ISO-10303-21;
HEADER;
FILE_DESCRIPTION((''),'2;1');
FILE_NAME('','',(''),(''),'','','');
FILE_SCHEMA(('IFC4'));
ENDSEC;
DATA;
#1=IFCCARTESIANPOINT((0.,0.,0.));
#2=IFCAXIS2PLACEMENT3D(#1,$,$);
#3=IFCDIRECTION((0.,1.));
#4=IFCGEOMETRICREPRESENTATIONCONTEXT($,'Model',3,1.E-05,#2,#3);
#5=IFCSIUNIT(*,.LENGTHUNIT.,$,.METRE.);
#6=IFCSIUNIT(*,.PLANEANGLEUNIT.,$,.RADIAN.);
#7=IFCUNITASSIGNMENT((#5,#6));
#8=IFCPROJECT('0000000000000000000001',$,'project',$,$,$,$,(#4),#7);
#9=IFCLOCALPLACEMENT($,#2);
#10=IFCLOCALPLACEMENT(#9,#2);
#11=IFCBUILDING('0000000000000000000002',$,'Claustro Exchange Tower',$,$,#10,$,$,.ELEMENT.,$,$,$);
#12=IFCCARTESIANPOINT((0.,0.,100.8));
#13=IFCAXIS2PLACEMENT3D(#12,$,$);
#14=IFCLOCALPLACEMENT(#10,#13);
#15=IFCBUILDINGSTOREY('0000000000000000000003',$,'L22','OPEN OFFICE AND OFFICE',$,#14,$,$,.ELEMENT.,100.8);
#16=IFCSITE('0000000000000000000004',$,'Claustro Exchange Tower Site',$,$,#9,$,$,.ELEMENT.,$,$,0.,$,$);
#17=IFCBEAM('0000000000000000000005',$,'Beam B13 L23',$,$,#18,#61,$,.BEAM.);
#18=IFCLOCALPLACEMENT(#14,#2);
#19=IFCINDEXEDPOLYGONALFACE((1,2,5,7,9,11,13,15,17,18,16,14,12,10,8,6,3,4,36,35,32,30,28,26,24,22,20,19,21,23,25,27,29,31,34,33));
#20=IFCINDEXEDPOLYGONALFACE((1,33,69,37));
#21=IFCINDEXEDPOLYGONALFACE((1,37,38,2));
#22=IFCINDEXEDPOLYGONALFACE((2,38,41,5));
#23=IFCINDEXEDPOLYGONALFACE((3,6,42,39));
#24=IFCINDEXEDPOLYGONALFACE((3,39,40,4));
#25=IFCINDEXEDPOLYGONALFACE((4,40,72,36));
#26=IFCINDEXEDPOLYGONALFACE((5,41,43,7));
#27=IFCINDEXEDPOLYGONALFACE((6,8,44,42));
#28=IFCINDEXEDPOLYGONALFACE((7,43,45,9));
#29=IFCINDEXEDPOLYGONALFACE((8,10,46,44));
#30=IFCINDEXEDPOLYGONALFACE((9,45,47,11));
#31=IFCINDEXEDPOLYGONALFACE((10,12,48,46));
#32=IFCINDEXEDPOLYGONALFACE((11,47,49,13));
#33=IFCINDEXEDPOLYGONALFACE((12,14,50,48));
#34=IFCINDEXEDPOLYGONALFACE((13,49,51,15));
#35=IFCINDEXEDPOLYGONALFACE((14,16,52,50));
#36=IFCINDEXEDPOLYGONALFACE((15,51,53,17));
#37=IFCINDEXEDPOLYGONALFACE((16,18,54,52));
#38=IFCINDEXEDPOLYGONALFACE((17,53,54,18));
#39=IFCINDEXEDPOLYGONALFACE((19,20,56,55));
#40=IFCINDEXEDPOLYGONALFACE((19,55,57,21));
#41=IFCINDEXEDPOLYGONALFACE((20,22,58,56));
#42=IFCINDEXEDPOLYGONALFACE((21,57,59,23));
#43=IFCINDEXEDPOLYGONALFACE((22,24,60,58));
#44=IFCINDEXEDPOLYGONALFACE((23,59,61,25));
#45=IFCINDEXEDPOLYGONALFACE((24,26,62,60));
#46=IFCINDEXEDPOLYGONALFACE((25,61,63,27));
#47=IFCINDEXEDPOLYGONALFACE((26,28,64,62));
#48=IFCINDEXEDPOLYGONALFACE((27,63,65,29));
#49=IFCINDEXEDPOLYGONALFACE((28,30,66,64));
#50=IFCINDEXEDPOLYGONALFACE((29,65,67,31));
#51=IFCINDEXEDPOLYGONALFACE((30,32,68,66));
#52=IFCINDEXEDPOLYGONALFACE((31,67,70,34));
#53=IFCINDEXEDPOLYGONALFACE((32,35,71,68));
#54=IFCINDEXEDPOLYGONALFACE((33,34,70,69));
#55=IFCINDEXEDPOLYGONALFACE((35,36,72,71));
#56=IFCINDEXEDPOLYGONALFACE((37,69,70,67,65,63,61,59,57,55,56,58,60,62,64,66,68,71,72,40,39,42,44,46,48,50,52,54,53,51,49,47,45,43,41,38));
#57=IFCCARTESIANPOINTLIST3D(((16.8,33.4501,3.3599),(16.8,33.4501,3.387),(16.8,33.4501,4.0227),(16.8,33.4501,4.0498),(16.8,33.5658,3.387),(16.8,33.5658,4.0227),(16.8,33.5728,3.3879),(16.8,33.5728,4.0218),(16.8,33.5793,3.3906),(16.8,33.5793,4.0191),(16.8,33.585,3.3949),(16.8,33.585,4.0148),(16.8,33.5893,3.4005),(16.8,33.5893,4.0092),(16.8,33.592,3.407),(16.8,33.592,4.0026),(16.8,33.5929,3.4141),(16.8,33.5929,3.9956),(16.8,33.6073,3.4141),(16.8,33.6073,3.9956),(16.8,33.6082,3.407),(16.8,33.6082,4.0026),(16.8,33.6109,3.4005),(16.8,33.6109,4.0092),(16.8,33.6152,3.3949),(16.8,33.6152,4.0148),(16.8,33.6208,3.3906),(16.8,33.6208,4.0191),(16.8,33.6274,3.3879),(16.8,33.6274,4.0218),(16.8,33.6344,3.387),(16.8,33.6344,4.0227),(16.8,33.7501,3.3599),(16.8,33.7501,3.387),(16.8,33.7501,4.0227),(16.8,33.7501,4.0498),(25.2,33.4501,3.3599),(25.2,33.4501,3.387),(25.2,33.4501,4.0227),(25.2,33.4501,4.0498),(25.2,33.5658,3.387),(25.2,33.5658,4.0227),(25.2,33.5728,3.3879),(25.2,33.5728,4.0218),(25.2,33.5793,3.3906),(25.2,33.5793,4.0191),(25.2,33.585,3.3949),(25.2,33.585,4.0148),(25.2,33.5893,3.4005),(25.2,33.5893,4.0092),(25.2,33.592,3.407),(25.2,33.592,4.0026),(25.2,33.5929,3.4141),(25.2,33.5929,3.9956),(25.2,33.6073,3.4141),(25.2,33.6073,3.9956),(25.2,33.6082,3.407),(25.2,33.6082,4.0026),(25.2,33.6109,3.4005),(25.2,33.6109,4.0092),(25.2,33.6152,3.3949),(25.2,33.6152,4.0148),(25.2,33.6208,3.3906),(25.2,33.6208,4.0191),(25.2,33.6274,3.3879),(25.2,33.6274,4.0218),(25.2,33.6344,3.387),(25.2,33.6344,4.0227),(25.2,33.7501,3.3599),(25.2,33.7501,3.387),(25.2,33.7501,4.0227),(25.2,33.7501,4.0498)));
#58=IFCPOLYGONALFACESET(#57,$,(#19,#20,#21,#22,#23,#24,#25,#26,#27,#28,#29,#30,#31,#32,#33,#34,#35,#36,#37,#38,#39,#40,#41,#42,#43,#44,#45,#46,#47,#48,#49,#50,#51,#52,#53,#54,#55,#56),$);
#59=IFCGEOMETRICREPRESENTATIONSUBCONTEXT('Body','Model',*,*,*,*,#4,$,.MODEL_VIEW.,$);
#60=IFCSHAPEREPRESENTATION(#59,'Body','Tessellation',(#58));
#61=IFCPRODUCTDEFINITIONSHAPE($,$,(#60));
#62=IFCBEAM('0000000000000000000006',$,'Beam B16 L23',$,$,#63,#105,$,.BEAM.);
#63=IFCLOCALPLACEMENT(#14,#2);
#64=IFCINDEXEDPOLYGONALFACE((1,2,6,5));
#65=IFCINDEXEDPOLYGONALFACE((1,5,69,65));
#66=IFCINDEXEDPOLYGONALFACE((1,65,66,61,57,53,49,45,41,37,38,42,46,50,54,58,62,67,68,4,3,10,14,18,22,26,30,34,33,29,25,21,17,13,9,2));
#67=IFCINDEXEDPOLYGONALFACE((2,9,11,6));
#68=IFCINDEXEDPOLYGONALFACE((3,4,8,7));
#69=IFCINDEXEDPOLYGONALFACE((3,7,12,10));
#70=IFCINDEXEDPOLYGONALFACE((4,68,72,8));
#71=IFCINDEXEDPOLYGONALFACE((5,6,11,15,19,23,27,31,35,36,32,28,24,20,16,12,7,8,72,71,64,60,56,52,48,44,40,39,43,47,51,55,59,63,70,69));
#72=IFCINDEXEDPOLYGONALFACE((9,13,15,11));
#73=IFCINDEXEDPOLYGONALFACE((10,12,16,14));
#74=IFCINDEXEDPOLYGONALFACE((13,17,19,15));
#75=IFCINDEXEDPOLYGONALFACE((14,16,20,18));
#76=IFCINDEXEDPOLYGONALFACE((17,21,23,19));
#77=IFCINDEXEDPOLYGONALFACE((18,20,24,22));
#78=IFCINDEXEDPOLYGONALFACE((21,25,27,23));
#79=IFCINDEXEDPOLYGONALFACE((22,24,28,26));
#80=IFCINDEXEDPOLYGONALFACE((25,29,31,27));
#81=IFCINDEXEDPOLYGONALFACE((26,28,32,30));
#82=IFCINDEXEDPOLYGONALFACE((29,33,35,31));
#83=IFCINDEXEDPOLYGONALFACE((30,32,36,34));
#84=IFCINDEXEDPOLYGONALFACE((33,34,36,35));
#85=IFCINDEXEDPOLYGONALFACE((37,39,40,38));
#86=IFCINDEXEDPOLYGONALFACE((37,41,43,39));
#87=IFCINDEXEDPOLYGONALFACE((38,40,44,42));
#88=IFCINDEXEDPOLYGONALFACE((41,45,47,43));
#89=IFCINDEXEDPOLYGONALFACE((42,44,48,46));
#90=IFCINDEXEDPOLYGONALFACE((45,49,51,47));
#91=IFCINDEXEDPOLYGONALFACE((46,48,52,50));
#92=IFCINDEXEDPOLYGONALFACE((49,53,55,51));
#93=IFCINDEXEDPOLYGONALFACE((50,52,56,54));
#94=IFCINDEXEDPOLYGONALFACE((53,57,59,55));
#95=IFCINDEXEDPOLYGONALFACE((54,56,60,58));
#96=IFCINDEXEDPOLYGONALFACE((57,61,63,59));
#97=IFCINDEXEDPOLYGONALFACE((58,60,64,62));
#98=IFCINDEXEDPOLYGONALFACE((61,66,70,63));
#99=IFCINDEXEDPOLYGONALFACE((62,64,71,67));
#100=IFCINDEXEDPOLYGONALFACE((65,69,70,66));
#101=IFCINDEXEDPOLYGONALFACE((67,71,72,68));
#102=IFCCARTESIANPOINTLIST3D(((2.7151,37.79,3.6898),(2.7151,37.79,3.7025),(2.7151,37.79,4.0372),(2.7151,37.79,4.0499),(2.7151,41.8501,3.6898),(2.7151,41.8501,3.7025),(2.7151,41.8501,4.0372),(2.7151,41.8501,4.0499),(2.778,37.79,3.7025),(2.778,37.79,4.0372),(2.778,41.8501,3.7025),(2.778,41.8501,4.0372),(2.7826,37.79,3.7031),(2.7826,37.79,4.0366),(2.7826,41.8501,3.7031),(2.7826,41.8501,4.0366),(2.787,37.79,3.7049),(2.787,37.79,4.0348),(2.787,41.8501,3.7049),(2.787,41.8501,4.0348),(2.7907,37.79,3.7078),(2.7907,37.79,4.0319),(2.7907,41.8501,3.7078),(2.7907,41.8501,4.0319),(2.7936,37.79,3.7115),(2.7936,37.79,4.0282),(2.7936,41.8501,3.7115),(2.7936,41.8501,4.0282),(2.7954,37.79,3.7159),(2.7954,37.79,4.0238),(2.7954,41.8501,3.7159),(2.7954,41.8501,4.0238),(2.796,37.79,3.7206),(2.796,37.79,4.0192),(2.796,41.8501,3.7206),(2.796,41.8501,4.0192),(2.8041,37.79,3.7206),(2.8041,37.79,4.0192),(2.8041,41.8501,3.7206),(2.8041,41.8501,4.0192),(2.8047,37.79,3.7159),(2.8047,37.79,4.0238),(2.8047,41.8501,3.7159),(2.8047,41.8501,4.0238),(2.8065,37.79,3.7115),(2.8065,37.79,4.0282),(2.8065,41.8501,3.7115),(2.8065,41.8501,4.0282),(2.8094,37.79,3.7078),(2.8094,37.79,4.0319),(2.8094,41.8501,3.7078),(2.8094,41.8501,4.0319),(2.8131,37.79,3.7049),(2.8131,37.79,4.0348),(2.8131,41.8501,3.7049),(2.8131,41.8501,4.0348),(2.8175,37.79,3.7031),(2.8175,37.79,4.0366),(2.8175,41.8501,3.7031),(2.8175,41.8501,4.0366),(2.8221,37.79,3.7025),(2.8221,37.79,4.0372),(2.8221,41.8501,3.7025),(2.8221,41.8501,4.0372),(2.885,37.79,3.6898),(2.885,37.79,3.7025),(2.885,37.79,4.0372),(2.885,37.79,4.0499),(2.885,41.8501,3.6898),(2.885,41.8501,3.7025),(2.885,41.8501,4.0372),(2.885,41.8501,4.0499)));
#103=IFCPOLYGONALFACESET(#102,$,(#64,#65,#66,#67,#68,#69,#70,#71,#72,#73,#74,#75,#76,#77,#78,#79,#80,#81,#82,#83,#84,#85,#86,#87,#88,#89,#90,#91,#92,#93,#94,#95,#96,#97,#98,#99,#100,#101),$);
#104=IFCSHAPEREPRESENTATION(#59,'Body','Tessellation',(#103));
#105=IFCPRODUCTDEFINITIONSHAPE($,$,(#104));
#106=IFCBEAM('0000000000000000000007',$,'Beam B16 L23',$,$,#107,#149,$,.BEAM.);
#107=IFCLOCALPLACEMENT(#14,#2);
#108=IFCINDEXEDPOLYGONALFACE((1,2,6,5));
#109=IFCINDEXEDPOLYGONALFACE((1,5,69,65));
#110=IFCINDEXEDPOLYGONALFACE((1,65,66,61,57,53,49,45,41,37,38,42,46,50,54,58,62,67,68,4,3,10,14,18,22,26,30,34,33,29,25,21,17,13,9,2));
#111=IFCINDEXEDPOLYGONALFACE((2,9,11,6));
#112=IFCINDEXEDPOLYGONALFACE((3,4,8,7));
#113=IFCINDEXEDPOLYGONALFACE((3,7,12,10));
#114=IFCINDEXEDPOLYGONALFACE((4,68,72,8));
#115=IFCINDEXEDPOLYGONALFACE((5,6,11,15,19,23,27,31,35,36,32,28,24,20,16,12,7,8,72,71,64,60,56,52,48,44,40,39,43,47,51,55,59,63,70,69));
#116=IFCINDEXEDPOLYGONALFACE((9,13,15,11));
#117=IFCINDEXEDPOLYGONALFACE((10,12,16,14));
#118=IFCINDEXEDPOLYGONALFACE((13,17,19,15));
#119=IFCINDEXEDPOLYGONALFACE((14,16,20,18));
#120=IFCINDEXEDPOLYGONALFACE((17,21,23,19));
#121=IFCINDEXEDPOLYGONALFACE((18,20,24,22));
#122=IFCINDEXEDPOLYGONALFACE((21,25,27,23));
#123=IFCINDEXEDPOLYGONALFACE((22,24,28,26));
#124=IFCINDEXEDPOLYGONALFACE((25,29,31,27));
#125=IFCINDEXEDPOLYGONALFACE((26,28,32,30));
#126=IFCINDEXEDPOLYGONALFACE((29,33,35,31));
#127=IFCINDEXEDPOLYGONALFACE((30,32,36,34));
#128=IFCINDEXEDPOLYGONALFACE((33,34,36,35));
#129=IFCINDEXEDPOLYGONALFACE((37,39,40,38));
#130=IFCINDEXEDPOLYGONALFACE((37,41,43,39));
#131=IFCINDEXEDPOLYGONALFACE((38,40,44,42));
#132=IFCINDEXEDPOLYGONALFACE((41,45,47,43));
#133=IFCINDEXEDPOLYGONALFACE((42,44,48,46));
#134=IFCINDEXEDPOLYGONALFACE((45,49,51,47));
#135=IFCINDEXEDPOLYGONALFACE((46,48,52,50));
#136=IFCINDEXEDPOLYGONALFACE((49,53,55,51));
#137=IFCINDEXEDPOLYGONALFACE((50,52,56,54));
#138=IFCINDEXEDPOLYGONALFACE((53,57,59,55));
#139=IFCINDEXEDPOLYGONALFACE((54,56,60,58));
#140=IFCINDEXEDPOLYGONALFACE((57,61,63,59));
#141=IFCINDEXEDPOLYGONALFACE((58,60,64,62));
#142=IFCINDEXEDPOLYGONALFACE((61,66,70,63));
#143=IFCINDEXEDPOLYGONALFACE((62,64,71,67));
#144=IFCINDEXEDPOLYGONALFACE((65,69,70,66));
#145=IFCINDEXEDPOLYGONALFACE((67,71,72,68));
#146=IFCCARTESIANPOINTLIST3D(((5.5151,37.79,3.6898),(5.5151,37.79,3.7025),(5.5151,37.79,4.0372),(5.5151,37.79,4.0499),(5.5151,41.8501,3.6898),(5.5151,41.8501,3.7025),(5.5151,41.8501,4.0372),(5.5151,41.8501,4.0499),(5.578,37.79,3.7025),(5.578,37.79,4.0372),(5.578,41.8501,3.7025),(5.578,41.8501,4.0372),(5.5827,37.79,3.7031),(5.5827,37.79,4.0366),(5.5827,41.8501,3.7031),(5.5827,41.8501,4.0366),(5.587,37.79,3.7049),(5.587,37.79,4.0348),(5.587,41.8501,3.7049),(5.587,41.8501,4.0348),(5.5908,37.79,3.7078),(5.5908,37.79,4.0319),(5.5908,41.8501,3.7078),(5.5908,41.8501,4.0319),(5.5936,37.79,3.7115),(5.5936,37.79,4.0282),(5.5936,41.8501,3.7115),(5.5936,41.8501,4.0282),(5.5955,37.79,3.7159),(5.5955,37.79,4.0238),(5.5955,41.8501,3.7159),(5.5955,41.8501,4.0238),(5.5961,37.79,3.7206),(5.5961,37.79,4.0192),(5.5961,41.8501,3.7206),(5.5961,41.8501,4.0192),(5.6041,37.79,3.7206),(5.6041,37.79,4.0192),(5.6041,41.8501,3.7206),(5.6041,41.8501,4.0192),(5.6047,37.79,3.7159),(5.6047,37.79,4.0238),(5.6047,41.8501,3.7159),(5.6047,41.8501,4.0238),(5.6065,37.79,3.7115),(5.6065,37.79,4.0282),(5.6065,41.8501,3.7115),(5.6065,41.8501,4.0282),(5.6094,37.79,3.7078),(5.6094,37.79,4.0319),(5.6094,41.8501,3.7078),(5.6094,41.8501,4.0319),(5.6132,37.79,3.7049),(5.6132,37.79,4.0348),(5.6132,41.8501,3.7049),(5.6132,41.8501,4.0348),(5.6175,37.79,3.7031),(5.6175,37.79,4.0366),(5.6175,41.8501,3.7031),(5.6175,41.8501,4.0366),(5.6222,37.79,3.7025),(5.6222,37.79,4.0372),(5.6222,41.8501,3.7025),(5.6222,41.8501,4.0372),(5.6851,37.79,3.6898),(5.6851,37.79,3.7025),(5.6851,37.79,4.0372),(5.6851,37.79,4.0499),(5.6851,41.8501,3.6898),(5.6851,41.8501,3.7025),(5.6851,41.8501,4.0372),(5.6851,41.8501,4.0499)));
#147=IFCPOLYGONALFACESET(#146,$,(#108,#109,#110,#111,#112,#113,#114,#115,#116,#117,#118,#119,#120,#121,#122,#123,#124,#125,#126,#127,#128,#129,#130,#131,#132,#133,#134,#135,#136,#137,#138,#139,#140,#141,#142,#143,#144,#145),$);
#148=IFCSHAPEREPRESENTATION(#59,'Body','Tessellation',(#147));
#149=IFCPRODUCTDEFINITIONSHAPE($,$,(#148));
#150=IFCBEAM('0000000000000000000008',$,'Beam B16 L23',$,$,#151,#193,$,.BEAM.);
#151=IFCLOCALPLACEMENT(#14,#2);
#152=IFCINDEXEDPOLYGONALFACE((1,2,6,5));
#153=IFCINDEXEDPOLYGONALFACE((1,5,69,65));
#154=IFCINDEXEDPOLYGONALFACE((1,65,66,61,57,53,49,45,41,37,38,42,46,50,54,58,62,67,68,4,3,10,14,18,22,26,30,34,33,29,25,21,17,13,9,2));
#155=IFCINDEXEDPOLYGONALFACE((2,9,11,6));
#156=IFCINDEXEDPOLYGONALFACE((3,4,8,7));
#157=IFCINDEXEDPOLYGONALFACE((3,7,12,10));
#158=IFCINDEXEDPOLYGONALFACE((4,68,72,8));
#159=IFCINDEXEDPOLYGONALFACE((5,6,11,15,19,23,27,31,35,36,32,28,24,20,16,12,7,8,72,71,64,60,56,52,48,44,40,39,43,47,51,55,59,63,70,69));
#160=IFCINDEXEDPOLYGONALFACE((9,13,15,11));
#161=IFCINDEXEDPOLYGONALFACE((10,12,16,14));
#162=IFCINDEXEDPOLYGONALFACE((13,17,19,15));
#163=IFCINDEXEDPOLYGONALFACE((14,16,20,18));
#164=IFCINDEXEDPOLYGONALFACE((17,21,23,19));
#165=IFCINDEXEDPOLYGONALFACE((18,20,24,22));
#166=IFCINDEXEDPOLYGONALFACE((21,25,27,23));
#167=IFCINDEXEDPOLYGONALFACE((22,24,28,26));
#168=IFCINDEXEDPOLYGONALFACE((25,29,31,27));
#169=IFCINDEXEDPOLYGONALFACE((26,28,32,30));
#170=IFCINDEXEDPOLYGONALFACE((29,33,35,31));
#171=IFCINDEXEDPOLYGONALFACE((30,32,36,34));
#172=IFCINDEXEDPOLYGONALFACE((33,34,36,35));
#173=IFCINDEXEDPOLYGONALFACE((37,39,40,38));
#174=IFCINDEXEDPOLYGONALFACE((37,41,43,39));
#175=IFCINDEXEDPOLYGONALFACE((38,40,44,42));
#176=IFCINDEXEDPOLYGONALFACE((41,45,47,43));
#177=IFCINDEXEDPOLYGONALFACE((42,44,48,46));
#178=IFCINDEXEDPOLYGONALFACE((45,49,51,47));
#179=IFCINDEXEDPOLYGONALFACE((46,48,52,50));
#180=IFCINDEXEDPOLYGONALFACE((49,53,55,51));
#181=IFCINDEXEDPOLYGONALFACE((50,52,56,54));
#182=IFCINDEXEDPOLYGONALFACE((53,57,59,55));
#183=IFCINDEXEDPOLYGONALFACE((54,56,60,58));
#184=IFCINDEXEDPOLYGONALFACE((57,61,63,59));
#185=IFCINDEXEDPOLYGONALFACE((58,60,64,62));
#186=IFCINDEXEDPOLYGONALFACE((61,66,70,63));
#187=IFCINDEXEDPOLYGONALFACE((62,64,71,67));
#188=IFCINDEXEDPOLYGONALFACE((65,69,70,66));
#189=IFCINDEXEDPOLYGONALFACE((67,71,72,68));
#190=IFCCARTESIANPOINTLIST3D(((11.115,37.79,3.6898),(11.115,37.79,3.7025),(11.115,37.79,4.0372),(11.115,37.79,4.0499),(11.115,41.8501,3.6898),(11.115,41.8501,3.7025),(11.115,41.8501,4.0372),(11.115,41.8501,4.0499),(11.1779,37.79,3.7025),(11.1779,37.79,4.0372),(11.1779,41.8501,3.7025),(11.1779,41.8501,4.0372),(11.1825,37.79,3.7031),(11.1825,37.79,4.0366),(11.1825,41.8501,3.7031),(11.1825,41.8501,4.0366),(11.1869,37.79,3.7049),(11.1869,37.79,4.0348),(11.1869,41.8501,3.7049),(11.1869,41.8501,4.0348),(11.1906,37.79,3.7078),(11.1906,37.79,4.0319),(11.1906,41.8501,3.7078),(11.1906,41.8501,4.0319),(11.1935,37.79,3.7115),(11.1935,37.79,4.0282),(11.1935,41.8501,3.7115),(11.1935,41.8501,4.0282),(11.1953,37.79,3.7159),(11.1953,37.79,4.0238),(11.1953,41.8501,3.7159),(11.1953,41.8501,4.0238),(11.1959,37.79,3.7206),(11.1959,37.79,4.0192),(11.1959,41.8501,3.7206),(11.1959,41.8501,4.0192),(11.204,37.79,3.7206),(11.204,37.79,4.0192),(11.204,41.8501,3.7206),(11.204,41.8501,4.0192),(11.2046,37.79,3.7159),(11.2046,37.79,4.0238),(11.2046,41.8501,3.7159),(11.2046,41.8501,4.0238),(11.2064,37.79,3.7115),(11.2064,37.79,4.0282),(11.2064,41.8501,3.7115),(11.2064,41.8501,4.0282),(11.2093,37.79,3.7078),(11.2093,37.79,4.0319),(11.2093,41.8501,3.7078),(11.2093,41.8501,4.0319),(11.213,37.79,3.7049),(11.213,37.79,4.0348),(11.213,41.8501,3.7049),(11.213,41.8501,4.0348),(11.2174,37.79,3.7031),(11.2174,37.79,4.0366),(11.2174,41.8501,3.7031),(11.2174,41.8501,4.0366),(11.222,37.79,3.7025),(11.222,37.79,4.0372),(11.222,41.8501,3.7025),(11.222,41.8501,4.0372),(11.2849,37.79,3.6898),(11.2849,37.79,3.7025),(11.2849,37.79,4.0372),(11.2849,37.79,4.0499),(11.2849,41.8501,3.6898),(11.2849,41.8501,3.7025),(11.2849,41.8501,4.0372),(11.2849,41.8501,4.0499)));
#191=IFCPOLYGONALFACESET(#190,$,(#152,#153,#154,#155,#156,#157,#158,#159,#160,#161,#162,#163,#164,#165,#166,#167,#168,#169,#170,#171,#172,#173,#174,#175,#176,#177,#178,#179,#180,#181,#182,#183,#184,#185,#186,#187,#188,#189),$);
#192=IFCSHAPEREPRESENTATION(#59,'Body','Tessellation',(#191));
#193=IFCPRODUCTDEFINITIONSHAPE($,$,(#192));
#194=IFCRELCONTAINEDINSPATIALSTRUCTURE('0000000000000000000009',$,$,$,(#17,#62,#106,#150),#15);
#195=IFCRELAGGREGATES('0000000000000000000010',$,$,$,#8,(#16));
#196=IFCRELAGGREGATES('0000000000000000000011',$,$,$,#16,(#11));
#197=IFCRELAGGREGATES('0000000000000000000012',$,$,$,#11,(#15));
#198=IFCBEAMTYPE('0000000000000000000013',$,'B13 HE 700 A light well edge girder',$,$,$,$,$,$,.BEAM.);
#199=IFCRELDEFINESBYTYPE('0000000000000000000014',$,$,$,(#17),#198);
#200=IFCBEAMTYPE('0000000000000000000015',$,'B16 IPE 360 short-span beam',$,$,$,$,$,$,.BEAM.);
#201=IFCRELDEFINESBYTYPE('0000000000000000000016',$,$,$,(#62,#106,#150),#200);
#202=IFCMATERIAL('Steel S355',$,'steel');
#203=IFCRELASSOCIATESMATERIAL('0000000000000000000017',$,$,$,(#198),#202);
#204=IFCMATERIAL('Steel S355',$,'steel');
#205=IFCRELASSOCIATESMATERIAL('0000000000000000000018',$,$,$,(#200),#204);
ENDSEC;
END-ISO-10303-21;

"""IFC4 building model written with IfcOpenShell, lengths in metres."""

from ifc_helpers import new_model, si_unit, direction, frame, origin, origin_2d, place, context, subcontext, project, spatial, i_section, extrude, material, material_profile, profile_set, type_object, element, save


model = new_model("IFC4")

# Units and contexts
model_context = context("Model", 3, precision=1e-05, world=origin(), true_north=direction((0.0, 1.0)))
body_context = subcontext(model_context, "Body", "Model", "MODEL_VIEW")
ifc_project = project(units=[si_unit("LENGTHUNIT", "METRE"), si_unit("PLANEANGLEUNIT", "RADIAN")], contexts=[model_context])

# Site, building, storey
site_placement = place(None, origin())
site = spatial("IfcSite", under=ifc_project, at=site_placement, Name="Claustro Exchange Tower Site", CompositionType="ELEMENT", RefElevation=0.0)
building_placement = place(site_placement, origin())
building = spatial("IfcBuilding", under=site, at=building_placement, Name="Claustro Exchange Tower", CompositionType="ELEMENT")
storey_placement = place(building_placement, frame((0.0, 0.0, 100.8)))
storey = spatial("IfcBuildingStorey", under=building, at=storey_placement, Name="L22", Description="OPEN OFFICE AND OFFICE", CompositionType="ELEMENT", Elevation=100.8)

# Beams
ifc_material_1 = material(Name="Steel S355", Category="steel")
ifc_material_profile_1 = material_profile(ifc_material_1, i_section(OverallWidth=0.3, OverallDepth=0.6899, WebThickness=0.0144, FlangeThickness=0.0271, FilletRadius=0.0271, at=origin_2d()), Name="HE 700 A")
ifc_profile_set_1 = profile_set([ifc_material_profile_1], Name="Steel S355")
beam_type_1 = type_object("IfcBeamType", Name="B13 HE 700 A light well edge girder", PredefinedType="BEAM", material=ifc_profile_set_1)
beam_placement = place(storey_placement, frame((16.8, 33.6001, 3.7048), z_axis=(1.0, 0.0, 0.0), x_axis=(0.0, 1.0, 0.0)))
element("IfcBeam", 1, at=beam_placement, inside=storey, type_object=beam_type_1, Name="Beam B13 L23", PredefinedType="BEAM", context=body_context, shape_type="SweptSolid", body=[
    extrude(i_section(OverallWidth=0.3, OverallDepth=0.6899, WebThickness=0.0144, FlangeThickness=0.0271, FilletRadius=0.0271, at=origin_2d()), origin(), (0.0, 0.0, 1.0), 8.3999),
])
ifc_material_2 = material(Name="Steel S355", Category="steel")
ifc_material_profile_2 = material_profile(ifc_material_2, i_section(OverallWidth=0.1699, OverallDepth=0.3601, WebThickness=0.0081, FlangeThickness=0.0127, FilletRadius=0.0181, at=origin_2d()), Name="IPE 360")
ifc_profile_set_2 = profile_set([ifc_material_profile_2], Name="Steel S355")
beam_type_2 = type_object("IfcBeamType", Name="B16 IPE 360 short-span beam", PredefinedType="BEAM", material=ifc_profile_set_2)
for number, where, z_axis, x_axis, name in (
    (2, (2.8, 37.79, 3.8699), (0.0, 1.0, 0.0), (-1.0, 0.0, 0.0), "Beam B16 L23"),
    (3, (5.6001, 37.79, 3.8699), (0.0, 1.0, 0.0), (-1.0, 0.0, 0.0), "Beam B16 L23"),
    (4, (11.2, 37.79, 3.8699), (0.0, 1.0, 0.0), (-1.0, 0.0, 0.0), "Beam B16 L23"),
):
    element("IfcBeam", number, at=place(storey_placement, frame(where, z_axis=z_axis, x_axis=x_axis)), inside=storey, type_object=beam_type_2, Name=name, PredefinedType="BEAM", context=body_context, shape_type="SweptSolid", body=[
        extrude(i_section(OverallWidth=0.1699, OverallDepth=0.3601, WebThickness=0.0081, FlangeThickness=0.0127, FilletRadius=0.0181, at=origin_2d()), origin(), (0.0, 0.0, 1.0), 4.0601),
    ])

save(model, "model.ifc")
